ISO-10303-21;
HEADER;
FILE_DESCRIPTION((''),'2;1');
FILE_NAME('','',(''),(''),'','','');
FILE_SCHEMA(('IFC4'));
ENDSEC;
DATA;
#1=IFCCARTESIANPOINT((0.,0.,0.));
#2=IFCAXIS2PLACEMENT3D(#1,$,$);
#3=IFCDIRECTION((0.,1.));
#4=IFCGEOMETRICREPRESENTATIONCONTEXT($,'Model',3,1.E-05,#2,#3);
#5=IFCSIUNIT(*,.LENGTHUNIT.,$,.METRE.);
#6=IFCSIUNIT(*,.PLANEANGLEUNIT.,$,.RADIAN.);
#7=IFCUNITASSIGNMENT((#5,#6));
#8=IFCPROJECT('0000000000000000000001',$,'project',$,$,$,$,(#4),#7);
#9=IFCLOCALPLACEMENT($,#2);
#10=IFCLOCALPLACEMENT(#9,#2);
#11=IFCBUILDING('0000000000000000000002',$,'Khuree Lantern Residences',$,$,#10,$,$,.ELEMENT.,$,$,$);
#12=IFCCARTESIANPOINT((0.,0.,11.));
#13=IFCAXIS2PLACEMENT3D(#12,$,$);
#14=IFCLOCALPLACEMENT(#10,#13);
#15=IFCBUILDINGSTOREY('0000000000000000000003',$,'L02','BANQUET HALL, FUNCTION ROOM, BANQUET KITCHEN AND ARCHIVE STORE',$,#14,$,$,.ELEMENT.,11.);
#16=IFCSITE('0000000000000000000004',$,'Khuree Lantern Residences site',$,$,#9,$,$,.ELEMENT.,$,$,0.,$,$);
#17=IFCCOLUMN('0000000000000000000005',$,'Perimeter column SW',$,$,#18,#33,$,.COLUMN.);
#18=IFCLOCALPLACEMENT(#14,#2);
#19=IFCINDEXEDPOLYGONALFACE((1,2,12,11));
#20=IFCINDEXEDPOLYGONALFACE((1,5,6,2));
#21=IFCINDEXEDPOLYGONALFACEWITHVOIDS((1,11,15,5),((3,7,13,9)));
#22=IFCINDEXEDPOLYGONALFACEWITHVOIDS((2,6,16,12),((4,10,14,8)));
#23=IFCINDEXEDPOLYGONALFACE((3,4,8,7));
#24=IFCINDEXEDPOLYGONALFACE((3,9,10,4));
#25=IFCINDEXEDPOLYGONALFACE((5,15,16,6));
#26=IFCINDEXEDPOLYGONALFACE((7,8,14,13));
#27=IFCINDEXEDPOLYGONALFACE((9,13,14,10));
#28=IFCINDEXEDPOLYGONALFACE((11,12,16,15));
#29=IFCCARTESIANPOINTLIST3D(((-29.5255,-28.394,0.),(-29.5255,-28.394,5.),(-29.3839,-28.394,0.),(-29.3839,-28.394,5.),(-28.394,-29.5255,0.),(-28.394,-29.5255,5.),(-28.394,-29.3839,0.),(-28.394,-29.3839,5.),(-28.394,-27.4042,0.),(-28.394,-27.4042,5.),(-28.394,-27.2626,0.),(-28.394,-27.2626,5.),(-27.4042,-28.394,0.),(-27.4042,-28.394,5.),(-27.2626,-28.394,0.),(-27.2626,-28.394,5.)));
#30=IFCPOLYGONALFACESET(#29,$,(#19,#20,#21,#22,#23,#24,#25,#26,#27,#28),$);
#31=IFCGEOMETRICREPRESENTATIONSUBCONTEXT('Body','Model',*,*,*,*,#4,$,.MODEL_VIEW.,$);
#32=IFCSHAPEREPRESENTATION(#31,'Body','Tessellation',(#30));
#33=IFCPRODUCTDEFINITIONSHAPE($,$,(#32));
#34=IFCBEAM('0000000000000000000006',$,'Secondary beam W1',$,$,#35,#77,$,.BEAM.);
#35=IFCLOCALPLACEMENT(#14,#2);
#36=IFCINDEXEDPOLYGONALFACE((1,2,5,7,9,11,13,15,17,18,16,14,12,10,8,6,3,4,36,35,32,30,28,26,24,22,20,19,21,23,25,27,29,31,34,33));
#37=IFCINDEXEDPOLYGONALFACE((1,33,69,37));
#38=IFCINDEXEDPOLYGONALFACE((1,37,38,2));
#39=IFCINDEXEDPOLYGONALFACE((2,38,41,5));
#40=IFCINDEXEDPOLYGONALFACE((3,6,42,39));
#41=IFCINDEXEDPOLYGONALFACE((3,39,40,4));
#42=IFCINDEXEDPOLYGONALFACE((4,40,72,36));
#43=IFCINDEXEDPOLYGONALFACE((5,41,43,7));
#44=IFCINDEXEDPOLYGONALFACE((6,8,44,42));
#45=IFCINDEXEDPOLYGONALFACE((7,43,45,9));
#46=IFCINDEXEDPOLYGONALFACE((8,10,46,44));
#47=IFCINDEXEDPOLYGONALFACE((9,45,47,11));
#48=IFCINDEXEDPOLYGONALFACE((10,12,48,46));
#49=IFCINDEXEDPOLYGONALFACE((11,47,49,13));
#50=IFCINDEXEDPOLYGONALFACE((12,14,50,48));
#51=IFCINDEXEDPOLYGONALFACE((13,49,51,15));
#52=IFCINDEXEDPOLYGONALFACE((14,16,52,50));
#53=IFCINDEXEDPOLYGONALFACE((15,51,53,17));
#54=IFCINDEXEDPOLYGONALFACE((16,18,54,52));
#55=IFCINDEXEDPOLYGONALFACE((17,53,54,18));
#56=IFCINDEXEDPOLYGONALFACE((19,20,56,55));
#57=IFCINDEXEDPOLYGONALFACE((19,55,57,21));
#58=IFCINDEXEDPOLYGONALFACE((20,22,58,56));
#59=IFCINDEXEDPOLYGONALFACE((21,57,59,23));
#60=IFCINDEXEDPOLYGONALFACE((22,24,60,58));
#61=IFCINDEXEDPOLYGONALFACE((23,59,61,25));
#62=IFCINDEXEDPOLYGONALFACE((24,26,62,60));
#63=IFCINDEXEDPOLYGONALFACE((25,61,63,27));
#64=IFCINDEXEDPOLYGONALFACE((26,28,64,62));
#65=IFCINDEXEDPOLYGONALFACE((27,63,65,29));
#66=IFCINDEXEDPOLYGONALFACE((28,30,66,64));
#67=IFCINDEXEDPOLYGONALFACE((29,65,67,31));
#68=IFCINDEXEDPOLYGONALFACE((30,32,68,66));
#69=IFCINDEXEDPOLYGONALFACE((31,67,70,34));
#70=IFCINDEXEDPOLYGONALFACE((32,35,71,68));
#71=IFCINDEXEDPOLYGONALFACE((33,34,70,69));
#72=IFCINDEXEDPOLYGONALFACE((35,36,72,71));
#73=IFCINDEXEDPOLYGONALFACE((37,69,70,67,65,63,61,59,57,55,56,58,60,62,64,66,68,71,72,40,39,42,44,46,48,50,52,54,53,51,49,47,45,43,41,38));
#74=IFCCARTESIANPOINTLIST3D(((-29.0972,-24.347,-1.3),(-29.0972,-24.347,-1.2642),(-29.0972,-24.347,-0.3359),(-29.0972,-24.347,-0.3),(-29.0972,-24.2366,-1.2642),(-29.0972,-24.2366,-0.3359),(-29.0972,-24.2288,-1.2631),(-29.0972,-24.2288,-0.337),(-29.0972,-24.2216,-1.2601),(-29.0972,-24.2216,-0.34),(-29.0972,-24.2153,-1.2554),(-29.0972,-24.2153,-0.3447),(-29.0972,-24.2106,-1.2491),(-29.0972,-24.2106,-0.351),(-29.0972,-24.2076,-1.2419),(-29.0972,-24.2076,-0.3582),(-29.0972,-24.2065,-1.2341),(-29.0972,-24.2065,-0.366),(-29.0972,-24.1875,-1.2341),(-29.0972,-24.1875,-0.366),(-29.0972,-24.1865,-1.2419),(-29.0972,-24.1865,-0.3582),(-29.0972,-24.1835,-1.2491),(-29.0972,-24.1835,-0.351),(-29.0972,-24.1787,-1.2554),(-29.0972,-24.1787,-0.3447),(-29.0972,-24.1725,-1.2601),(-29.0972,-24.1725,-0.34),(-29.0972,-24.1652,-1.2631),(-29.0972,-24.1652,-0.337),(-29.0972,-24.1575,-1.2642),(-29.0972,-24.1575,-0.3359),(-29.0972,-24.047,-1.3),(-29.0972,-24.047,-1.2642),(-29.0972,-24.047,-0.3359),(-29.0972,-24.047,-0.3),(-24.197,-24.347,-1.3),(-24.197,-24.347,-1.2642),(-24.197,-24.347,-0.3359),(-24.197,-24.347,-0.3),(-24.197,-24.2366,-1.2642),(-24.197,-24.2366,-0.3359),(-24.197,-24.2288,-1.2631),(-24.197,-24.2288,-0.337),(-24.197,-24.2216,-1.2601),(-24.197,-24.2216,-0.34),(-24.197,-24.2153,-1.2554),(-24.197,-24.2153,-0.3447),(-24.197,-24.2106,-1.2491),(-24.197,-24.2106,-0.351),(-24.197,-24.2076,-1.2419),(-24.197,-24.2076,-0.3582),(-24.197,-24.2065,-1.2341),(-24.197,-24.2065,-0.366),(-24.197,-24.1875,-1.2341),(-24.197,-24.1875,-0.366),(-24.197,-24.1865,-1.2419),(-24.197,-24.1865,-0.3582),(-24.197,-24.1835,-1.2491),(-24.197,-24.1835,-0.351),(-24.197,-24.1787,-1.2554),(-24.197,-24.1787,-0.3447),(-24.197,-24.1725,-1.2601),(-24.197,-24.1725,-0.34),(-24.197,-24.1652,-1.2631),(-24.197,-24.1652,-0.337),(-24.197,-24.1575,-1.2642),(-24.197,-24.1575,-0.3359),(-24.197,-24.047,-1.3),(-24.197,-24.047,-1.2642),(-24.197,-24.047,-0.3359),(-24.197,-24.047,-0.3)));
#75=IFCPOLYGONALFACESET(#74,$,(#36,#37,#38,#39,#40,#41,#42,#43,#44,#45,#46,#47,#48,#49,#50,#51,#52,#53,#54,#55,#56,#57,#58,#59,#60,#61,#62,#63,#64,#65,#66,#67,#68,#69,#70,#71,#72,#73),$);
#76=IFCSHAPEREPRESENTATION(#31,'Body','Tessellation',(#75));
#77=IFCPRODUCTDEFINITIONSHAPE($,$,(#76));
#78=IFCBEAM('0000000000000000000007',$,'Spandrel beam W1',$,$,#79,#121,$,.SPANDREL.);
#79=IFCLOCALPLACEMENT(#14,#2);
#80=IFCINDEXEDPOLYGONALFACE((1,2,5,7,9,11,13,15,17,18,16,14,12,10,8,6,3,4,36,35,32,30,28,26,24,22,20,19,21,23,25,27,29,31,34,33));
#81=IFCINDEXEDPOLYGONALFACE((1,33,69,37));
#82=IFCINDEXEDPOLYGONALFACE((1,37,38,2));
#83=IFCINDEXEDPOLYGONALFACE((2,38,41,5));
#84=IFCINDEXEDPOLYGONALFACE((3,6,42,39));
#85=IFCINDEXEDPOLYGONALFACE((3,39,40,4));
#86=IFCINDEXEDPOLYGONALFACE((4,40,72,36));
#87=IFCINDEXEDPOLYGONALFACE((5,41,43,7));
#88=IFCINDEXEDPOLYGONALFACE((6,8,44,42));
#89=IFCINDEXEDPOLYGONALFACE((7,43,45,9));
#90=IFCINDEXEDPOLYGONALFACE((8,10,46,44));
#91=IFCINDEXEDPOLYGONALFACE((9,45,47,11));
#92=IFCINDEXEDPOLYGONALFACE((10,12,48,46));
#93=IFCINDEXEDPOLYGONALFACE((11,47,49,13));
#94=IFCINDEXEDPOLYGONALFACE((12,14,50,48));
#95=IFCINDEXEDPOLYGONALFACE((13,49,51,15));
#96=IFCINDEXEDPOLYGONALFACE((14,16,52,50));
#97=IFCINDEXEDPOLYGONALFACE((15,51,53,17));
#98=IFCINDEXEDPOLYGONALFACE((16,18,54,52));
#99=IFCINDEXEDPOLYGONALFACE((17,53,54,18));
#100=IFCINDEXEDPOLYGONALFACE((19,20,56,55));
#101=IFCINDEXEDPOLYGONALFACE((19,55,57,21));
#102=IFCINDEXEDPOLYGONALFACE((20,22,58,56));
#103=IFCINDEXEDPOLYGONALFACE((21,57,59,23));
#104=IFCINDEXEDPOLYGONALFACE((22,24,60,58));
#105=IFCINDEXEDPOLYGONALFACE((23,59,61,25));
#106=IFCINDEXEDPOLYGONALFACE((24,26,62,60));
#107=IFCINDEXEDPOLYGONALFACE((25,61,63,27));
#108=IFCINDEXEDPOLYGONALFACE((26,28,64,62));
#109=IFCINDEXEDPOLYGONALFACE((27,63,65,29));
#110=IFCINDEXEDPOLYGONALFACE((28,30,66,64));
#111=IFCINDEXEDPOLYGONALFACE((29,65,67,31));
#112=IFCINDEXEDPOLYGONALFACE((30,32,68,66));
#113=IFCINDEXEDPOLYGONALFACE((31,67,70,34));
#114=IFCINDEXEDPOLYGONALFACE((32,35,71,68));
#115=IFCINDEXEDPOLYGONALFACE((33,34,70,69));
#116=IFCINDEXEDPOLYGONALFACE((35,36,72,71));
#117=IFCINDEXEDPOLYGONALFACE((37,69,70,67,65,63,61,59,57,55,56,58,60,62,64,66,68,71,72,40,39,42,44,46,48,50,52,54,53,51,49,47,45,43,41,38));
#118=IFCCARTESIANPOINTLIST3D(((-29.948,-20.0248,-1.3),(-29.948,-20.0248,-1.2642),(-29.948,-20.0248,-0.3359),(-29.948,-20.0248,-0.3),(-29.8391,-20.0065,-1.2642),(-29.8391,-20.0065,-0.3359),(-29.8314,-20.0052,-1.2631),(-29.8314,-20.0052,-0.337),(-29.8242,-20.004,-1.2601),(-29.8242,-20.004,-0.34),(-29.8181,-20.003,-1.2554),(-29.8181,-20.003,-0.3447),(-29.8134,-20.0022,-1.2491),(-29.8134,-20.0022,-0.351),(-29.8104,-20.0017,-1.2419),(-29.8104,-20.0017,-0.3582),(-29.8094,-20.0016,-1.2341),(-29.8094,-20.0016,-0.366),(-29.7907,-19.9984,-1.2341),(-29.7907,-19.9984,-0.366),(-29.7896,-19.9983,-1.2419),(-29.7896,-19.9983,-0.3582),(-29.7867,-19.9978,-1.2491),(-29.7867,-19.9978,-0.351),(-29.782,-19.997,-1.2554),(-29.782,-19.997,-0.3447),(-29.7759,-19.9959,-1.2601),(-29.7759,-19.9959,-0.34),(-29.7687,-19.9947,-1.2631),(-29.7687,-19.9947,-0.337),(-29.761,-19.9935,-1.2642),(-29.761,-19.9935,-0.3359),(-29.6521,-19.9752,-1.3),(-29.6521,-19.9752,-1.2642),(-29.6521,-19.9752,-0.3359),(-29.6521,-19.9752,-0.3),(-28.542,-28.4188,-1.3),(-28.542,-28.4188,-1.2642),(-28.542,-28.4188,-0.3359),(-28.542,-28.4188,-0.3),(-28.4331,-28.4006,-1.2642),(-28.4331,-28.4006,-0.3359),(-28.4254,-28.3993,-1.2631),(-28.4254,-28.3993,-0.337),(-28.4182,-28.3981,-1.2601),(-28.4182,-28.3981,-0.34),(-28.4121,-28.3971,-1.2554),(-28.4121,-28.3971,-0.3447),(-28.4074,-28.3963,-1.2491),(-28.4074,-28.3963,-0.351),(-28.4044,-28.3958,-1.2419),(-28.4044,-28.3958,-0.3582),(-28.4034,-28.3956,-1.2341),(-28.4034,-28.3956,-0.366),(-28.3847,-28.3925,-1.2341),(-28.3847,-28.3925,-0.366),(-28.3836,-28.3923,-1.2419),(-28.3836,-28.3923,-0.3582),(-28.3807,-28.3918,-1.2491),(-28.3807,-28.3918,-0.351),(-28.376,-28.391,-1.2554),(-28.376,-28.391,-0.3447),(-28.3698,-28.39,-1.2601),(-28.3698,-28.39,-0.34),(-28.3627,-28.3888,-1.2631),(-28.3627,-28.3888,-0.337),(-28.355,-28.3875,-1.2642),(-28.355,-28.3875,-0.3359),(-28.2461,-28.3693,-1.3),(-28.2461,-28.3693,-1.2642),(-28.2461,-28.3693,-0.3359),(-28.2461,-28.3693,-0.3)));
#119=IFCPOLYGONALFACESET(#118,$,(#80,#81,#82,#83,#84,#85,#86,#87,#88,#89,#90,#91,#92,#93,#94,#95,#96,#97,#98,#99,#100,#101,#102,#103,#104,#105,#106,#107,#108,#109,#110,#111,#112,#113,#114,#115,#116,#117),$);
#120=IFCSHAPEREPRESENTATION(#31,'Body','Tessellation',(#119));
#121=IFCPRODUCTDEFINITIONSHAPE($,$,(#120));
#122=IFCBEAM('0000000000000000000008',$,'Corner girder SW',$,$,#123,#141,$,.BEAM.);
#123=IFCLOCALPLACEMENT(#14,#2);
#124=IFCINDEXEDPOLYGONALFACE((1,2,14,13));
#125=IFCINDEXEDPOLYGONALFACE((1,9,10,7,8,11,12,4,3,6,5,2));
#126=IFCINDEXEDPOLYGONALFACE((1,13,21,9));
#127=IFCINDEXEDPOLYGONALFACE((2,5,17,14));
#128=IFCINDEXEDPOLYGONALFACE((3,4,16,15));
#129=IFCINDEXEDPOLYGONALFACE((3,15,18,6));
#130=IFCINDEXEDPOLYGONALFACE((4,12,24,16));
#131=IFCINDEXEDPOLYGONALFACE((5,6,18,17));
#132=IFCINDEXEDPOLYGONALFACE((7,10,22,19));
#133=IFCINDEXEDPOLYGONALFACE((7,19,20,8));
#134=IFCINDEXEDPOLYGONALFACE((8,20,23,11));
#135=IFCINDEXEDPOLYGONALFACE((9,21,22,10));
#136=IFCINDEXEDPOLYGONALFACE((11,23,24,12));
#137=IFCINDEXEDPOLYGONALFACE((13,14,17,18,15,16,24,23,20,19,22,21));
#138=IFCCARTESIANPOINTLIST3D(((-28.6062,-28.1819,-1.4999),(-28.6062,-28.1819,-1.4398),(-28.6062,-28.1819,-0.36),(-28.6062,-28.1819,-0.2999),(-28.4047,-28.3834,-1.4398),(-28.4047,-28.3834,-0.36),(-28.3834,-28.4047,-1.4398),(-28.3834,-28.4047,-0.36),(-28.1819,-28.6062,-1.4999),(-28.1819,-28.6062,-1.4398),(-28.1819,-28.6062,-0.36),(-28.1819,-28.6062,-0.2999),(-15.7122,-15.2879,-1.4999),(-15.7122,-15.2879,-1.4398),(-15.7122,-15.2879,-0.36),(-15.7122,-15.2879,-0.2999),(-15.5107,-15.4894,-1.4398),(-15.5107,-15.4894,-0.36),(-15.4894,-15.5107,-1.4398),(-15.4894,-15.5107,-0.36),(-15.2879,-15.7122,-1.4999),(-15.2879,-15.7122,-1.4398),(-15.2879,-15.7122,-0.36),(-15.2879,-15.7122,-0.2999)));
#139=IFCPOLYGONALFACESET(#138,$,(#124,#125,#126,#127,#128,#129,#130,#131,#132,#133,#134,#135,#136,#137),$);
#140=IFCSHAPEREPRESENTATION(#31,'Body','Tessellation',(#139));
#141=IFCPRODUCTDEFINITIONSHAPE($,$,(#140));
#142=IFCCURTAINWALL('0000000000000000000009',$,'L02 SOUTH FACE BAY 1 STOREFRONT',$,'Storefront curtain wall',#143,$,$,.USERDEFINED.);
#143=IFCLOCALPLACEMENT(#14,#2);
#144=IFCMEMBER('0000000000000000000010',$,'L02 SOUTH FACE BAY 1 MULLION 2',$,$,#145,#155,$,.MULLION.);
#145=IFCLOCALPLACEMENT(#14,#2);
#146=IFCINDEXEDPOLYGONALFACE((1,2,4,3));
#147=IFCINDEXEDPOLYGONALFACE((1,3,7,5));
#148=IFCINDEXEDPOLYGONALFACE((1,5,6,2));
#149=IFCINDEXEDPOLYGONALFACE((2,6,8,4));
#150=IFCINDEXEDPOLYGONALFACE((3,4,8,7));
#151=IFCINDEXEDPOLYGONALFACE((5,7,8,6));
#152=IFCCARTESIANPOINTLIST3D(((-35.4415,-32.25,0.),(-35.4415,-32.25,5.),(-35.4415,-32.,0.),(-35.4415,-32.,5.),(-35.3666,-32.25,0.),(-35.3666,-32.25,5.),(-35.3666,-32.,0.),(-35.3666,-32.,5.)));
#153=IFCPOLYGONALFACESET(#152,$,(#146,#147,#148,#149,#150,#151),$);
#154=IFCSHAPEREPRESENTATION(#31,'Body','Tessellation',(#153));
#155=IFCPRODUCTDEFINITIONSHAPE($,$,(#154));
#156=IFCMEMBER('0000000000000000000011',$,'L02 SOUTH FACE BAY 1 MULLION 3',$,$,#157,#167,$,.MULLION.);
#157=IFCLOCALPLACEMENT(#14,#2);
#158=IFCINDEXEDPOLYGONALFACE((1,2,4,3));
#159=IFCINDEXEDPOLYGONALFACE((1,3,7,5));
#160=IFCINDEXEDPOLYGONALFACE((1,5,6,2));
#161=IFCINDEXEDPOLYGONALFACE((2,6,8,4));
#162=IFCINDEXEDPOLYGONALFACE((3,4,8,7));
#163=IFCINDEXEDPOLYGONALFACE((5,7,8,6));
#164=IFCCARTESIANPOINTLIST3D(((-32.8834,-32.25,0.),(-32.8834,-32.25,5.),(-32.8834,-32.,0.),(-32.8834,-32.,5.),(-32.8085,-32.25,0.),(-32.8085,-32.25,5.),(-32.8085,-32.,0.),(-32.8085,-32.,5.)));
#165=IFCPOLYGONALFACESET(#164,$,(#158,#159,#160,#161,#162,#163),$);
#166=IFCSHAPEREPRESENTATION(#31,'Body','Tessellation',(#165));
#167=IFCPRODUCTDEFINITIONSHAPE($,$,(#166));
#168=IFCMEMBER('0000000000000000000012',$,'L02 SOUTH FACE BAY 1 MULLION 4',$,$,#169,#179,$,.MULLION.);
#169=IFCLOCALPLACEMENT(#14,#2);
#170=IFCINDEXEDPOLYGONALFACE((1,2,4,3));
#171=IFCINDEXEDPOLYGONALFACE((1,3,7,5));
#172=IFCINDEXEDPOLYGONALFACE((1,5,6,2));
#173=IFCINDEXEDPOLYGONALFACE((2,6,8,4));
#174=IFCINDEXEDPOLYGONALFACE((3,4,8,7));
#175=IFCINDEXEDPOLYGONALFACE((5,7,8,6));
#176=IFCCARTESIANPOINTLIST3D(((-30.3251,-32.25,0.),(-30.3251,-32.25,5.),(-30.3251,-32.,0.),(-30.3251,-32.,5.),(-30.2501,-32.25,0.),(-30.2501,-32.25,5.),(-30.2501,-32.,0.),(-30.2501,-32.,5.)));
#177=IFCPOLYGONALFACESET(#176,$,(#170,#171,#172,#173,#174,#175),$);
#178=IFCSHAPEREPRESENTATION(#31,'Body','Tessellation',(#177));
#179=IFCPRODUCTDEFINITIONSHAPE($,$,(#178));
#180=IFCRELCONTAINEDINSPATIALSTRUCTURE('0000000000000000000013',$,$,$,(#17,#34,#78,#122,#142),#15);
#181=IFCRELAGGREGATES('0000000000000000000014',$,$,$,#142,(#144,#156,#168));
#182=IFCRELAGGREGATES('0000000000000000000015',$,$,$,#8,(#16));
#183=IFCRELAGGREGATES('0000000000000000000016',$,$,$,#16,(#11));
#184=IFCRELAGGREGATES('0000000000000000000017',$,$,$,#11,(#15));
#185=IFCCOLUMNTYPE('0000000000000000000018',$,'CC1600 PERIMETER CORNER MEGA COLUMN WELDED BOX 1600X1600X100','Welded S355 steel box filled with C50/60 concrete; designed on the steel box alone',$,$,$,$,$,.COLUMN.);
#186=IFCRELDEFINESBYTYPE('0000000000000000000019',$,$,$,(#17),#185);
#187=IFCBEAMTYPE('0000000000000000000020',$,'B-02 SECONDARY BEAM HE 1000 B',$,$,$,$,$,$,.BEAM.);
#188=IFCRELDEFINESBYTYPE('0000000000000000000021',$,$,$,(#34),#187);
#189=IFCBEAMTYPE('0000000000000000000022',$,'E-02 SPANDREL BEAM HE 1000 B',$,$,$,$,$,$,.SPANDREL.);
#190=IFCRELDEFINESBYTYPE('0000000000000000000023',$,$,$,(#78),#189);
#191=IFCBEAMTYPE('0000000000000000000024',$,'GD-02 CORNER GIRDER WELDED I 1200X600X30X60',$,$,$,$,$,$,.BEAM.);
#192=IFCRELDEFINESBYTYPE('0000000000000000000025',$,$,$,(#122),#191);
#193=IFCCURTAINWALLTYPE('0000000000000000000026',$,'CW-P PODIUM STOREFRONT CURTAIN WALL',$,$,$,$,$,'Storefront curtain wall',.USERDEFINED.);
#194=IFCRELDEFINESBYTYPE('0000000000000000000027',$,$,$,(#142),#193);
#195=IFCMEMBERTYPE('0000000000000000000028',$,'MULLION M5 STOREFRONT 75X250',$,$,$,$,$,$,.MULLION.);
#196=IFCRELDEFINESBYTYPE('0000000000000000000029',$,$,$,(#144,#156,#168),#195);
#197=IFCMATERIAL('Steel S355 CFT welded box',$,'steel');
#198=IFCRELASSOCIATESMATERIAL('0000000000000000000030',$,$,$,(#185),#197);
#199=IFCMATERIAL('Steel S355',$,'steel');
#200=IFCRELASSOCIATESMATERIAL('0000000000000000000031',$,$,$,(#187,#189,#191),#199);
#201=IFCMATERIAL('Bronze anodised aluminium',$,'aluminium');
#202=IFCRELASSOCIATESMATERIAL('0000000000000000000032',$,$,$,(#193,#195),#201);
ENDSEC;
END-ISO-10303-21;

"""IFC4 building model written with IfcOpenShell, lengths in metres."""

from ifc_helpers import new_model, si_unit, direction, frame, origin, origin_2d, place, context, subcontext, project, spatial, rectangle, hollow_rectangle, i_section, extrude, material, material_profile, profile_set, type_object, element, aggregate, save


model = new_model("IFC4")

# Units and contexts
model_context = context("Model", 3, precision=1e-05, world=origin(), true_north=direction((0.0, 1.0)))
body_context = subcontext(model_context, "Body", "Model", "MODEL_VIEW")
ifc_project = project(units=[si_unit("LENGTHUNIT", "METRE"), si_unit("PLANEANGLEUNIT", "RADIAN")], contexts=[model_context])

# Site, building, storey
site_placement = place(None, origin())
site = spatial("IfcSite", under=ifc_project, at=site_placement, Name="Khuree Lantern Residences site", CompositionType="ELEMENT", RefElevation=0.0)
building_placement = place(site_placement, origin())
building = spatial("IfcBuilding", under=site, at=building_placement, Name="Khuree Lantern Residences", CompositionType="ELEMENT")
storey_placement = place(building_placement, frame((0.0, 0.0, 11.0)))
storey = spatial("IfcBuildingStorey", under=building, at=storey_placement, Name="L02", Description="BANQUET HALL, FUNCTION ROOM, BANQUET KITCHEN AND ARCHIVE STORE", CompositionType="ELEMENT", Elevation=11.0)

# Column
ifc_material_1 = material(Name="Steel S355 CFT welded box", Category="steel")
ifc_material_profile_1 = material_profile(ifc_material_1, hollow_rectangle(XDim=1.6001, YDim=1.6001, WallThickness=0.1001, at=origin_2d()), Name="WELDED BOX 1600X1600X100")
ifc_profile_set_1 = profile_set([ifc_material_profile_1], Name="Steel S355 CFT welded box")
column_type = type_object("IfcColumnType", Name="CC1600 PERIMETER CORNER MEGA COLUMN WELDED BOX 1600X1600X100", Description="Welded S355 steel box filled with C50/60 concrete; designed on the steel box alone", PredefinedType="COLUMN", material=ifc_profile_set_1)
column_placement = place(storey_placement, frame((-28.394, -28.394, 0.0), z_axis=(0.0, 0.0, 1.0), x_axis=(0.707107, -0.707107, 0.0)))
element("IfcColumn", 1, at=column_placement, inside=storey, type_object=column_type, Name="Perimeter column SW", PredefinedType="COLUMN", context=body_context, shape_type="SweptSolid", body=[
    extrude(hollow_rectangle(XDim=1.6001, YDim=1.6001, WallThickness=0.1001, at=origin_2d()), origin(), (0.0, 0.0, 1.0), 5.0),
])

# Beams
ifc_material_2 = material(Name="Steel S355", Category="steel")
ifc_material_profile_2 = material_profile(ifc_material_2, i_section(OverallWidth=0.3, OverallDepth=1.0, WebThickness=0.019, FlangeThickness=0.0359, FilletRadius=0.03, at=origin_2d()), Name="HE 1000 B")
ifc_profile_set_2 = profile_set([ifc_material_profile_2], Name="Steel S355")
beam_type_1 = type_object("IfcBeamType", Name="B-02 SECONDARY BEAM HE 1000 B", PredefinedType="BEAM", material=ifc_profile_set_2)
beam_1_placement = place(storey_placement, frame((-29.0972, -24.197, -0.8), z_axis=(1.0, 0.0, 0.0), x_axis=(0.0, 1.0, 0.0)))
element("IfcBeam", 2, at=beam_1_placement, inside=storey, type_object=beam_type_1, Name="Secondary beam W1", PredefinedType="BEAM", context=body_context, shape_type="SweptSolid", body=[
    extrude(i_section(OverallWidth=0.3, OverallDepth=1.0, WebThickness=0.019, FlangeThickness=0.0359, FilletRadius=0.03, at=origin_2d()), origin(), (0.0, 0.0, 1.0), 4.9001),
])
ifc_material_profile_3 = material_profile(ifc_material_2, i_section(OverallWidth=0.3, OverallDepth=1.0, WebThickness=0.019, FlangeThickness=0.0359, FilletRadius=0.03, at=origin_2d()), Name="HE 1000 B")
ifc_profile_set_3 = profile_set([ifc_material_profile_3], Name="Steel S355")
beam_type_2 = type_object("IfcBeamType", Name="E-02 SPANDREL BEAM HE 1000 B", PredefinedType="SPANDREL", material=ifc_profile_set_3)
beam_2_placement = place(storey_placement, frame((-28.394, -28.394, -0.8), z_axis=(-0.165199, 0.98626, 0.0), x_axis=(-0.98626, -0.165199, 0.0)))
element("IfcBeam", 3, at=beam_2_placement, inside=storey, type_object=beam_type_2, Name="Spandrel beam W1", PredefinedType="SPANDREL", context=body_context, shape_type="SweptSolid", body=[
    extrude(i_section(OverallWidth=0.3, OverallDepth=1.0, WebThickness=0.019, FlangeThickness=0.0359, FilletRadius=0.03, at=origin_2d()), origin(), (0.0, 0.0, 1.0), 8.511),
])
ifc_material_profile_4 = material_profile(ifc_material_2, i_section(OverallWidth=0.6001, OverallDepth=1.2, WebThickness=0.03, FlangeThickness=0.0601, at=origin_2d()), Name="WELDED I 1200X600X30X60")
ifc_profile_set_4 = profile_set([ifc_material_profile_4], Name="Steel S355")
beam_type_3 = type_object("IfcBeamType", Name="GD-02 CORNER GIRDER WELDED I 1200X600X30X60", PredefinedType="BEAM", material=ifc_profile_set_4)
beam_3_placement = place(storey_placement, frame((-28.394, -28.394, -0.8999), z_axis=(0.707107, 0.707107, 0.0), x_axis=(-0.707107, 0.707107, 0.0)))
element("IfcBeam", 4, at=beam_3_placement, inside=storey, type_object=beam_type_3, Name="Corner girder SW", PredefinedType="BEAM", context=body_context, shape_type="SweptSolid", body=[
    extrude(i_section(OverallWidth=0.6001, OverallDepth=1.2, WebThickness=0.03, FlangeThickness=0.0601, at=origin_2d()), origin(), (0.0, 0.0, 1.0), 18.2349),
])

# Curtain wall, members
ifc_material_3 = material(Name="Bronze anodised aluminium", Category="aluminium")
curtain_wall_type = type_object("IfcCurtainWallType", Name="CW-P PODIUM STOREFRONT CURTAIN WALL", ElementType="Storefront curtain wall", PredefinedType="USERDEFINED", material=ifc_material_3)
curtain_wall_1_placement = place(storey_placement, origin())
curtain_wall_1 = element("IfcCurtainWall", 5, at=curtain_wall_1_placement, inside=storey, type_object=curtain_wall_type, Name="L02 SOUTH FACE BAY 1 STOREFRONT", ObjectType="Storefront curtain wall", PredefinedType="USERDEFINED")
ifc_material_profile_5 = material_profile(ifc_material_3, rectangle(XDim=0.075, YDim=0.25, at=origin_2d()), Name="M5 75X250")
ifc_profile_set_5 = profile_set([ifc_material_profile_5], Name="Bronze anodised aluminium")
member_type_1 = type_object("IfcMemberType", Name="MULLION M5 STOREFRONT 75X250", PredefinedType="MULLION", material=ifc_profile_set_5)
member_1_placement = place(storey_placement, frame((-35.4041, -32.125, 0.0), z_axis=(0.0, 0.0, 1.0), x_axis=(1.0, 0.0, 0.0)))
member_1 = element("IfcMember", 6, at=member_1_placement, type_object=member_type_1, Name="L02 SOUTH FACE BAY 1 MULLION 2", PredefinedType="MULLION", context=body_context, shape_type="SweptSolid", body=[
    extrude(rectangle(XDim=0.075, YDim=0.25, at=origin_2d()), origin(), (0.0, 0.0, 1.0), 5.0),
])
member_2_placement = place(storey_placement, frame((-32.8459, -32.125, 0.0), z_axis=(0.0, 0.0, 1.0), x_axis=(1.0, 0.0, 0.0)))
member_2 = element("IfcMember", 7, at=member_2_placement, type_object=member_type_1, Name="L02 SOUTH FACE BAY 1 MULLION 3", PredefinedType="MULLION", context=body_context, shape_type="SweptSolid", body=[
    extrude(rectangle(XDim=0.075, YDim=0.25, at=origin_2d()), origin(), (0.0, 0.0, 1.0), 5.0),
])
member_3_placement = place(storey_placement, frame((-30.2876, -32.125, 0.0), z_axis=(0.0, 0.0, 1.0), x_axis=(1.0, 0.0, 0.0)))
member_3 = element("IfcMember", 8, at=member_3_placement, type_object=member_type_1, Name="L02 SOUTH FACE BAY 1 MULLION 4", PredefinedType="MULLION", context=body_context, shape_type="SweptSolid", body=[
    extrude(rectangle(XDim=0.075, YDim=0.25, at=origin_2d()), origin(), (0.0, 0.0, 1.0), 5.0),
])

aggregate(curtain_wall_1, [member_1, member_2, member_3])

save(model, "model.ifc")
